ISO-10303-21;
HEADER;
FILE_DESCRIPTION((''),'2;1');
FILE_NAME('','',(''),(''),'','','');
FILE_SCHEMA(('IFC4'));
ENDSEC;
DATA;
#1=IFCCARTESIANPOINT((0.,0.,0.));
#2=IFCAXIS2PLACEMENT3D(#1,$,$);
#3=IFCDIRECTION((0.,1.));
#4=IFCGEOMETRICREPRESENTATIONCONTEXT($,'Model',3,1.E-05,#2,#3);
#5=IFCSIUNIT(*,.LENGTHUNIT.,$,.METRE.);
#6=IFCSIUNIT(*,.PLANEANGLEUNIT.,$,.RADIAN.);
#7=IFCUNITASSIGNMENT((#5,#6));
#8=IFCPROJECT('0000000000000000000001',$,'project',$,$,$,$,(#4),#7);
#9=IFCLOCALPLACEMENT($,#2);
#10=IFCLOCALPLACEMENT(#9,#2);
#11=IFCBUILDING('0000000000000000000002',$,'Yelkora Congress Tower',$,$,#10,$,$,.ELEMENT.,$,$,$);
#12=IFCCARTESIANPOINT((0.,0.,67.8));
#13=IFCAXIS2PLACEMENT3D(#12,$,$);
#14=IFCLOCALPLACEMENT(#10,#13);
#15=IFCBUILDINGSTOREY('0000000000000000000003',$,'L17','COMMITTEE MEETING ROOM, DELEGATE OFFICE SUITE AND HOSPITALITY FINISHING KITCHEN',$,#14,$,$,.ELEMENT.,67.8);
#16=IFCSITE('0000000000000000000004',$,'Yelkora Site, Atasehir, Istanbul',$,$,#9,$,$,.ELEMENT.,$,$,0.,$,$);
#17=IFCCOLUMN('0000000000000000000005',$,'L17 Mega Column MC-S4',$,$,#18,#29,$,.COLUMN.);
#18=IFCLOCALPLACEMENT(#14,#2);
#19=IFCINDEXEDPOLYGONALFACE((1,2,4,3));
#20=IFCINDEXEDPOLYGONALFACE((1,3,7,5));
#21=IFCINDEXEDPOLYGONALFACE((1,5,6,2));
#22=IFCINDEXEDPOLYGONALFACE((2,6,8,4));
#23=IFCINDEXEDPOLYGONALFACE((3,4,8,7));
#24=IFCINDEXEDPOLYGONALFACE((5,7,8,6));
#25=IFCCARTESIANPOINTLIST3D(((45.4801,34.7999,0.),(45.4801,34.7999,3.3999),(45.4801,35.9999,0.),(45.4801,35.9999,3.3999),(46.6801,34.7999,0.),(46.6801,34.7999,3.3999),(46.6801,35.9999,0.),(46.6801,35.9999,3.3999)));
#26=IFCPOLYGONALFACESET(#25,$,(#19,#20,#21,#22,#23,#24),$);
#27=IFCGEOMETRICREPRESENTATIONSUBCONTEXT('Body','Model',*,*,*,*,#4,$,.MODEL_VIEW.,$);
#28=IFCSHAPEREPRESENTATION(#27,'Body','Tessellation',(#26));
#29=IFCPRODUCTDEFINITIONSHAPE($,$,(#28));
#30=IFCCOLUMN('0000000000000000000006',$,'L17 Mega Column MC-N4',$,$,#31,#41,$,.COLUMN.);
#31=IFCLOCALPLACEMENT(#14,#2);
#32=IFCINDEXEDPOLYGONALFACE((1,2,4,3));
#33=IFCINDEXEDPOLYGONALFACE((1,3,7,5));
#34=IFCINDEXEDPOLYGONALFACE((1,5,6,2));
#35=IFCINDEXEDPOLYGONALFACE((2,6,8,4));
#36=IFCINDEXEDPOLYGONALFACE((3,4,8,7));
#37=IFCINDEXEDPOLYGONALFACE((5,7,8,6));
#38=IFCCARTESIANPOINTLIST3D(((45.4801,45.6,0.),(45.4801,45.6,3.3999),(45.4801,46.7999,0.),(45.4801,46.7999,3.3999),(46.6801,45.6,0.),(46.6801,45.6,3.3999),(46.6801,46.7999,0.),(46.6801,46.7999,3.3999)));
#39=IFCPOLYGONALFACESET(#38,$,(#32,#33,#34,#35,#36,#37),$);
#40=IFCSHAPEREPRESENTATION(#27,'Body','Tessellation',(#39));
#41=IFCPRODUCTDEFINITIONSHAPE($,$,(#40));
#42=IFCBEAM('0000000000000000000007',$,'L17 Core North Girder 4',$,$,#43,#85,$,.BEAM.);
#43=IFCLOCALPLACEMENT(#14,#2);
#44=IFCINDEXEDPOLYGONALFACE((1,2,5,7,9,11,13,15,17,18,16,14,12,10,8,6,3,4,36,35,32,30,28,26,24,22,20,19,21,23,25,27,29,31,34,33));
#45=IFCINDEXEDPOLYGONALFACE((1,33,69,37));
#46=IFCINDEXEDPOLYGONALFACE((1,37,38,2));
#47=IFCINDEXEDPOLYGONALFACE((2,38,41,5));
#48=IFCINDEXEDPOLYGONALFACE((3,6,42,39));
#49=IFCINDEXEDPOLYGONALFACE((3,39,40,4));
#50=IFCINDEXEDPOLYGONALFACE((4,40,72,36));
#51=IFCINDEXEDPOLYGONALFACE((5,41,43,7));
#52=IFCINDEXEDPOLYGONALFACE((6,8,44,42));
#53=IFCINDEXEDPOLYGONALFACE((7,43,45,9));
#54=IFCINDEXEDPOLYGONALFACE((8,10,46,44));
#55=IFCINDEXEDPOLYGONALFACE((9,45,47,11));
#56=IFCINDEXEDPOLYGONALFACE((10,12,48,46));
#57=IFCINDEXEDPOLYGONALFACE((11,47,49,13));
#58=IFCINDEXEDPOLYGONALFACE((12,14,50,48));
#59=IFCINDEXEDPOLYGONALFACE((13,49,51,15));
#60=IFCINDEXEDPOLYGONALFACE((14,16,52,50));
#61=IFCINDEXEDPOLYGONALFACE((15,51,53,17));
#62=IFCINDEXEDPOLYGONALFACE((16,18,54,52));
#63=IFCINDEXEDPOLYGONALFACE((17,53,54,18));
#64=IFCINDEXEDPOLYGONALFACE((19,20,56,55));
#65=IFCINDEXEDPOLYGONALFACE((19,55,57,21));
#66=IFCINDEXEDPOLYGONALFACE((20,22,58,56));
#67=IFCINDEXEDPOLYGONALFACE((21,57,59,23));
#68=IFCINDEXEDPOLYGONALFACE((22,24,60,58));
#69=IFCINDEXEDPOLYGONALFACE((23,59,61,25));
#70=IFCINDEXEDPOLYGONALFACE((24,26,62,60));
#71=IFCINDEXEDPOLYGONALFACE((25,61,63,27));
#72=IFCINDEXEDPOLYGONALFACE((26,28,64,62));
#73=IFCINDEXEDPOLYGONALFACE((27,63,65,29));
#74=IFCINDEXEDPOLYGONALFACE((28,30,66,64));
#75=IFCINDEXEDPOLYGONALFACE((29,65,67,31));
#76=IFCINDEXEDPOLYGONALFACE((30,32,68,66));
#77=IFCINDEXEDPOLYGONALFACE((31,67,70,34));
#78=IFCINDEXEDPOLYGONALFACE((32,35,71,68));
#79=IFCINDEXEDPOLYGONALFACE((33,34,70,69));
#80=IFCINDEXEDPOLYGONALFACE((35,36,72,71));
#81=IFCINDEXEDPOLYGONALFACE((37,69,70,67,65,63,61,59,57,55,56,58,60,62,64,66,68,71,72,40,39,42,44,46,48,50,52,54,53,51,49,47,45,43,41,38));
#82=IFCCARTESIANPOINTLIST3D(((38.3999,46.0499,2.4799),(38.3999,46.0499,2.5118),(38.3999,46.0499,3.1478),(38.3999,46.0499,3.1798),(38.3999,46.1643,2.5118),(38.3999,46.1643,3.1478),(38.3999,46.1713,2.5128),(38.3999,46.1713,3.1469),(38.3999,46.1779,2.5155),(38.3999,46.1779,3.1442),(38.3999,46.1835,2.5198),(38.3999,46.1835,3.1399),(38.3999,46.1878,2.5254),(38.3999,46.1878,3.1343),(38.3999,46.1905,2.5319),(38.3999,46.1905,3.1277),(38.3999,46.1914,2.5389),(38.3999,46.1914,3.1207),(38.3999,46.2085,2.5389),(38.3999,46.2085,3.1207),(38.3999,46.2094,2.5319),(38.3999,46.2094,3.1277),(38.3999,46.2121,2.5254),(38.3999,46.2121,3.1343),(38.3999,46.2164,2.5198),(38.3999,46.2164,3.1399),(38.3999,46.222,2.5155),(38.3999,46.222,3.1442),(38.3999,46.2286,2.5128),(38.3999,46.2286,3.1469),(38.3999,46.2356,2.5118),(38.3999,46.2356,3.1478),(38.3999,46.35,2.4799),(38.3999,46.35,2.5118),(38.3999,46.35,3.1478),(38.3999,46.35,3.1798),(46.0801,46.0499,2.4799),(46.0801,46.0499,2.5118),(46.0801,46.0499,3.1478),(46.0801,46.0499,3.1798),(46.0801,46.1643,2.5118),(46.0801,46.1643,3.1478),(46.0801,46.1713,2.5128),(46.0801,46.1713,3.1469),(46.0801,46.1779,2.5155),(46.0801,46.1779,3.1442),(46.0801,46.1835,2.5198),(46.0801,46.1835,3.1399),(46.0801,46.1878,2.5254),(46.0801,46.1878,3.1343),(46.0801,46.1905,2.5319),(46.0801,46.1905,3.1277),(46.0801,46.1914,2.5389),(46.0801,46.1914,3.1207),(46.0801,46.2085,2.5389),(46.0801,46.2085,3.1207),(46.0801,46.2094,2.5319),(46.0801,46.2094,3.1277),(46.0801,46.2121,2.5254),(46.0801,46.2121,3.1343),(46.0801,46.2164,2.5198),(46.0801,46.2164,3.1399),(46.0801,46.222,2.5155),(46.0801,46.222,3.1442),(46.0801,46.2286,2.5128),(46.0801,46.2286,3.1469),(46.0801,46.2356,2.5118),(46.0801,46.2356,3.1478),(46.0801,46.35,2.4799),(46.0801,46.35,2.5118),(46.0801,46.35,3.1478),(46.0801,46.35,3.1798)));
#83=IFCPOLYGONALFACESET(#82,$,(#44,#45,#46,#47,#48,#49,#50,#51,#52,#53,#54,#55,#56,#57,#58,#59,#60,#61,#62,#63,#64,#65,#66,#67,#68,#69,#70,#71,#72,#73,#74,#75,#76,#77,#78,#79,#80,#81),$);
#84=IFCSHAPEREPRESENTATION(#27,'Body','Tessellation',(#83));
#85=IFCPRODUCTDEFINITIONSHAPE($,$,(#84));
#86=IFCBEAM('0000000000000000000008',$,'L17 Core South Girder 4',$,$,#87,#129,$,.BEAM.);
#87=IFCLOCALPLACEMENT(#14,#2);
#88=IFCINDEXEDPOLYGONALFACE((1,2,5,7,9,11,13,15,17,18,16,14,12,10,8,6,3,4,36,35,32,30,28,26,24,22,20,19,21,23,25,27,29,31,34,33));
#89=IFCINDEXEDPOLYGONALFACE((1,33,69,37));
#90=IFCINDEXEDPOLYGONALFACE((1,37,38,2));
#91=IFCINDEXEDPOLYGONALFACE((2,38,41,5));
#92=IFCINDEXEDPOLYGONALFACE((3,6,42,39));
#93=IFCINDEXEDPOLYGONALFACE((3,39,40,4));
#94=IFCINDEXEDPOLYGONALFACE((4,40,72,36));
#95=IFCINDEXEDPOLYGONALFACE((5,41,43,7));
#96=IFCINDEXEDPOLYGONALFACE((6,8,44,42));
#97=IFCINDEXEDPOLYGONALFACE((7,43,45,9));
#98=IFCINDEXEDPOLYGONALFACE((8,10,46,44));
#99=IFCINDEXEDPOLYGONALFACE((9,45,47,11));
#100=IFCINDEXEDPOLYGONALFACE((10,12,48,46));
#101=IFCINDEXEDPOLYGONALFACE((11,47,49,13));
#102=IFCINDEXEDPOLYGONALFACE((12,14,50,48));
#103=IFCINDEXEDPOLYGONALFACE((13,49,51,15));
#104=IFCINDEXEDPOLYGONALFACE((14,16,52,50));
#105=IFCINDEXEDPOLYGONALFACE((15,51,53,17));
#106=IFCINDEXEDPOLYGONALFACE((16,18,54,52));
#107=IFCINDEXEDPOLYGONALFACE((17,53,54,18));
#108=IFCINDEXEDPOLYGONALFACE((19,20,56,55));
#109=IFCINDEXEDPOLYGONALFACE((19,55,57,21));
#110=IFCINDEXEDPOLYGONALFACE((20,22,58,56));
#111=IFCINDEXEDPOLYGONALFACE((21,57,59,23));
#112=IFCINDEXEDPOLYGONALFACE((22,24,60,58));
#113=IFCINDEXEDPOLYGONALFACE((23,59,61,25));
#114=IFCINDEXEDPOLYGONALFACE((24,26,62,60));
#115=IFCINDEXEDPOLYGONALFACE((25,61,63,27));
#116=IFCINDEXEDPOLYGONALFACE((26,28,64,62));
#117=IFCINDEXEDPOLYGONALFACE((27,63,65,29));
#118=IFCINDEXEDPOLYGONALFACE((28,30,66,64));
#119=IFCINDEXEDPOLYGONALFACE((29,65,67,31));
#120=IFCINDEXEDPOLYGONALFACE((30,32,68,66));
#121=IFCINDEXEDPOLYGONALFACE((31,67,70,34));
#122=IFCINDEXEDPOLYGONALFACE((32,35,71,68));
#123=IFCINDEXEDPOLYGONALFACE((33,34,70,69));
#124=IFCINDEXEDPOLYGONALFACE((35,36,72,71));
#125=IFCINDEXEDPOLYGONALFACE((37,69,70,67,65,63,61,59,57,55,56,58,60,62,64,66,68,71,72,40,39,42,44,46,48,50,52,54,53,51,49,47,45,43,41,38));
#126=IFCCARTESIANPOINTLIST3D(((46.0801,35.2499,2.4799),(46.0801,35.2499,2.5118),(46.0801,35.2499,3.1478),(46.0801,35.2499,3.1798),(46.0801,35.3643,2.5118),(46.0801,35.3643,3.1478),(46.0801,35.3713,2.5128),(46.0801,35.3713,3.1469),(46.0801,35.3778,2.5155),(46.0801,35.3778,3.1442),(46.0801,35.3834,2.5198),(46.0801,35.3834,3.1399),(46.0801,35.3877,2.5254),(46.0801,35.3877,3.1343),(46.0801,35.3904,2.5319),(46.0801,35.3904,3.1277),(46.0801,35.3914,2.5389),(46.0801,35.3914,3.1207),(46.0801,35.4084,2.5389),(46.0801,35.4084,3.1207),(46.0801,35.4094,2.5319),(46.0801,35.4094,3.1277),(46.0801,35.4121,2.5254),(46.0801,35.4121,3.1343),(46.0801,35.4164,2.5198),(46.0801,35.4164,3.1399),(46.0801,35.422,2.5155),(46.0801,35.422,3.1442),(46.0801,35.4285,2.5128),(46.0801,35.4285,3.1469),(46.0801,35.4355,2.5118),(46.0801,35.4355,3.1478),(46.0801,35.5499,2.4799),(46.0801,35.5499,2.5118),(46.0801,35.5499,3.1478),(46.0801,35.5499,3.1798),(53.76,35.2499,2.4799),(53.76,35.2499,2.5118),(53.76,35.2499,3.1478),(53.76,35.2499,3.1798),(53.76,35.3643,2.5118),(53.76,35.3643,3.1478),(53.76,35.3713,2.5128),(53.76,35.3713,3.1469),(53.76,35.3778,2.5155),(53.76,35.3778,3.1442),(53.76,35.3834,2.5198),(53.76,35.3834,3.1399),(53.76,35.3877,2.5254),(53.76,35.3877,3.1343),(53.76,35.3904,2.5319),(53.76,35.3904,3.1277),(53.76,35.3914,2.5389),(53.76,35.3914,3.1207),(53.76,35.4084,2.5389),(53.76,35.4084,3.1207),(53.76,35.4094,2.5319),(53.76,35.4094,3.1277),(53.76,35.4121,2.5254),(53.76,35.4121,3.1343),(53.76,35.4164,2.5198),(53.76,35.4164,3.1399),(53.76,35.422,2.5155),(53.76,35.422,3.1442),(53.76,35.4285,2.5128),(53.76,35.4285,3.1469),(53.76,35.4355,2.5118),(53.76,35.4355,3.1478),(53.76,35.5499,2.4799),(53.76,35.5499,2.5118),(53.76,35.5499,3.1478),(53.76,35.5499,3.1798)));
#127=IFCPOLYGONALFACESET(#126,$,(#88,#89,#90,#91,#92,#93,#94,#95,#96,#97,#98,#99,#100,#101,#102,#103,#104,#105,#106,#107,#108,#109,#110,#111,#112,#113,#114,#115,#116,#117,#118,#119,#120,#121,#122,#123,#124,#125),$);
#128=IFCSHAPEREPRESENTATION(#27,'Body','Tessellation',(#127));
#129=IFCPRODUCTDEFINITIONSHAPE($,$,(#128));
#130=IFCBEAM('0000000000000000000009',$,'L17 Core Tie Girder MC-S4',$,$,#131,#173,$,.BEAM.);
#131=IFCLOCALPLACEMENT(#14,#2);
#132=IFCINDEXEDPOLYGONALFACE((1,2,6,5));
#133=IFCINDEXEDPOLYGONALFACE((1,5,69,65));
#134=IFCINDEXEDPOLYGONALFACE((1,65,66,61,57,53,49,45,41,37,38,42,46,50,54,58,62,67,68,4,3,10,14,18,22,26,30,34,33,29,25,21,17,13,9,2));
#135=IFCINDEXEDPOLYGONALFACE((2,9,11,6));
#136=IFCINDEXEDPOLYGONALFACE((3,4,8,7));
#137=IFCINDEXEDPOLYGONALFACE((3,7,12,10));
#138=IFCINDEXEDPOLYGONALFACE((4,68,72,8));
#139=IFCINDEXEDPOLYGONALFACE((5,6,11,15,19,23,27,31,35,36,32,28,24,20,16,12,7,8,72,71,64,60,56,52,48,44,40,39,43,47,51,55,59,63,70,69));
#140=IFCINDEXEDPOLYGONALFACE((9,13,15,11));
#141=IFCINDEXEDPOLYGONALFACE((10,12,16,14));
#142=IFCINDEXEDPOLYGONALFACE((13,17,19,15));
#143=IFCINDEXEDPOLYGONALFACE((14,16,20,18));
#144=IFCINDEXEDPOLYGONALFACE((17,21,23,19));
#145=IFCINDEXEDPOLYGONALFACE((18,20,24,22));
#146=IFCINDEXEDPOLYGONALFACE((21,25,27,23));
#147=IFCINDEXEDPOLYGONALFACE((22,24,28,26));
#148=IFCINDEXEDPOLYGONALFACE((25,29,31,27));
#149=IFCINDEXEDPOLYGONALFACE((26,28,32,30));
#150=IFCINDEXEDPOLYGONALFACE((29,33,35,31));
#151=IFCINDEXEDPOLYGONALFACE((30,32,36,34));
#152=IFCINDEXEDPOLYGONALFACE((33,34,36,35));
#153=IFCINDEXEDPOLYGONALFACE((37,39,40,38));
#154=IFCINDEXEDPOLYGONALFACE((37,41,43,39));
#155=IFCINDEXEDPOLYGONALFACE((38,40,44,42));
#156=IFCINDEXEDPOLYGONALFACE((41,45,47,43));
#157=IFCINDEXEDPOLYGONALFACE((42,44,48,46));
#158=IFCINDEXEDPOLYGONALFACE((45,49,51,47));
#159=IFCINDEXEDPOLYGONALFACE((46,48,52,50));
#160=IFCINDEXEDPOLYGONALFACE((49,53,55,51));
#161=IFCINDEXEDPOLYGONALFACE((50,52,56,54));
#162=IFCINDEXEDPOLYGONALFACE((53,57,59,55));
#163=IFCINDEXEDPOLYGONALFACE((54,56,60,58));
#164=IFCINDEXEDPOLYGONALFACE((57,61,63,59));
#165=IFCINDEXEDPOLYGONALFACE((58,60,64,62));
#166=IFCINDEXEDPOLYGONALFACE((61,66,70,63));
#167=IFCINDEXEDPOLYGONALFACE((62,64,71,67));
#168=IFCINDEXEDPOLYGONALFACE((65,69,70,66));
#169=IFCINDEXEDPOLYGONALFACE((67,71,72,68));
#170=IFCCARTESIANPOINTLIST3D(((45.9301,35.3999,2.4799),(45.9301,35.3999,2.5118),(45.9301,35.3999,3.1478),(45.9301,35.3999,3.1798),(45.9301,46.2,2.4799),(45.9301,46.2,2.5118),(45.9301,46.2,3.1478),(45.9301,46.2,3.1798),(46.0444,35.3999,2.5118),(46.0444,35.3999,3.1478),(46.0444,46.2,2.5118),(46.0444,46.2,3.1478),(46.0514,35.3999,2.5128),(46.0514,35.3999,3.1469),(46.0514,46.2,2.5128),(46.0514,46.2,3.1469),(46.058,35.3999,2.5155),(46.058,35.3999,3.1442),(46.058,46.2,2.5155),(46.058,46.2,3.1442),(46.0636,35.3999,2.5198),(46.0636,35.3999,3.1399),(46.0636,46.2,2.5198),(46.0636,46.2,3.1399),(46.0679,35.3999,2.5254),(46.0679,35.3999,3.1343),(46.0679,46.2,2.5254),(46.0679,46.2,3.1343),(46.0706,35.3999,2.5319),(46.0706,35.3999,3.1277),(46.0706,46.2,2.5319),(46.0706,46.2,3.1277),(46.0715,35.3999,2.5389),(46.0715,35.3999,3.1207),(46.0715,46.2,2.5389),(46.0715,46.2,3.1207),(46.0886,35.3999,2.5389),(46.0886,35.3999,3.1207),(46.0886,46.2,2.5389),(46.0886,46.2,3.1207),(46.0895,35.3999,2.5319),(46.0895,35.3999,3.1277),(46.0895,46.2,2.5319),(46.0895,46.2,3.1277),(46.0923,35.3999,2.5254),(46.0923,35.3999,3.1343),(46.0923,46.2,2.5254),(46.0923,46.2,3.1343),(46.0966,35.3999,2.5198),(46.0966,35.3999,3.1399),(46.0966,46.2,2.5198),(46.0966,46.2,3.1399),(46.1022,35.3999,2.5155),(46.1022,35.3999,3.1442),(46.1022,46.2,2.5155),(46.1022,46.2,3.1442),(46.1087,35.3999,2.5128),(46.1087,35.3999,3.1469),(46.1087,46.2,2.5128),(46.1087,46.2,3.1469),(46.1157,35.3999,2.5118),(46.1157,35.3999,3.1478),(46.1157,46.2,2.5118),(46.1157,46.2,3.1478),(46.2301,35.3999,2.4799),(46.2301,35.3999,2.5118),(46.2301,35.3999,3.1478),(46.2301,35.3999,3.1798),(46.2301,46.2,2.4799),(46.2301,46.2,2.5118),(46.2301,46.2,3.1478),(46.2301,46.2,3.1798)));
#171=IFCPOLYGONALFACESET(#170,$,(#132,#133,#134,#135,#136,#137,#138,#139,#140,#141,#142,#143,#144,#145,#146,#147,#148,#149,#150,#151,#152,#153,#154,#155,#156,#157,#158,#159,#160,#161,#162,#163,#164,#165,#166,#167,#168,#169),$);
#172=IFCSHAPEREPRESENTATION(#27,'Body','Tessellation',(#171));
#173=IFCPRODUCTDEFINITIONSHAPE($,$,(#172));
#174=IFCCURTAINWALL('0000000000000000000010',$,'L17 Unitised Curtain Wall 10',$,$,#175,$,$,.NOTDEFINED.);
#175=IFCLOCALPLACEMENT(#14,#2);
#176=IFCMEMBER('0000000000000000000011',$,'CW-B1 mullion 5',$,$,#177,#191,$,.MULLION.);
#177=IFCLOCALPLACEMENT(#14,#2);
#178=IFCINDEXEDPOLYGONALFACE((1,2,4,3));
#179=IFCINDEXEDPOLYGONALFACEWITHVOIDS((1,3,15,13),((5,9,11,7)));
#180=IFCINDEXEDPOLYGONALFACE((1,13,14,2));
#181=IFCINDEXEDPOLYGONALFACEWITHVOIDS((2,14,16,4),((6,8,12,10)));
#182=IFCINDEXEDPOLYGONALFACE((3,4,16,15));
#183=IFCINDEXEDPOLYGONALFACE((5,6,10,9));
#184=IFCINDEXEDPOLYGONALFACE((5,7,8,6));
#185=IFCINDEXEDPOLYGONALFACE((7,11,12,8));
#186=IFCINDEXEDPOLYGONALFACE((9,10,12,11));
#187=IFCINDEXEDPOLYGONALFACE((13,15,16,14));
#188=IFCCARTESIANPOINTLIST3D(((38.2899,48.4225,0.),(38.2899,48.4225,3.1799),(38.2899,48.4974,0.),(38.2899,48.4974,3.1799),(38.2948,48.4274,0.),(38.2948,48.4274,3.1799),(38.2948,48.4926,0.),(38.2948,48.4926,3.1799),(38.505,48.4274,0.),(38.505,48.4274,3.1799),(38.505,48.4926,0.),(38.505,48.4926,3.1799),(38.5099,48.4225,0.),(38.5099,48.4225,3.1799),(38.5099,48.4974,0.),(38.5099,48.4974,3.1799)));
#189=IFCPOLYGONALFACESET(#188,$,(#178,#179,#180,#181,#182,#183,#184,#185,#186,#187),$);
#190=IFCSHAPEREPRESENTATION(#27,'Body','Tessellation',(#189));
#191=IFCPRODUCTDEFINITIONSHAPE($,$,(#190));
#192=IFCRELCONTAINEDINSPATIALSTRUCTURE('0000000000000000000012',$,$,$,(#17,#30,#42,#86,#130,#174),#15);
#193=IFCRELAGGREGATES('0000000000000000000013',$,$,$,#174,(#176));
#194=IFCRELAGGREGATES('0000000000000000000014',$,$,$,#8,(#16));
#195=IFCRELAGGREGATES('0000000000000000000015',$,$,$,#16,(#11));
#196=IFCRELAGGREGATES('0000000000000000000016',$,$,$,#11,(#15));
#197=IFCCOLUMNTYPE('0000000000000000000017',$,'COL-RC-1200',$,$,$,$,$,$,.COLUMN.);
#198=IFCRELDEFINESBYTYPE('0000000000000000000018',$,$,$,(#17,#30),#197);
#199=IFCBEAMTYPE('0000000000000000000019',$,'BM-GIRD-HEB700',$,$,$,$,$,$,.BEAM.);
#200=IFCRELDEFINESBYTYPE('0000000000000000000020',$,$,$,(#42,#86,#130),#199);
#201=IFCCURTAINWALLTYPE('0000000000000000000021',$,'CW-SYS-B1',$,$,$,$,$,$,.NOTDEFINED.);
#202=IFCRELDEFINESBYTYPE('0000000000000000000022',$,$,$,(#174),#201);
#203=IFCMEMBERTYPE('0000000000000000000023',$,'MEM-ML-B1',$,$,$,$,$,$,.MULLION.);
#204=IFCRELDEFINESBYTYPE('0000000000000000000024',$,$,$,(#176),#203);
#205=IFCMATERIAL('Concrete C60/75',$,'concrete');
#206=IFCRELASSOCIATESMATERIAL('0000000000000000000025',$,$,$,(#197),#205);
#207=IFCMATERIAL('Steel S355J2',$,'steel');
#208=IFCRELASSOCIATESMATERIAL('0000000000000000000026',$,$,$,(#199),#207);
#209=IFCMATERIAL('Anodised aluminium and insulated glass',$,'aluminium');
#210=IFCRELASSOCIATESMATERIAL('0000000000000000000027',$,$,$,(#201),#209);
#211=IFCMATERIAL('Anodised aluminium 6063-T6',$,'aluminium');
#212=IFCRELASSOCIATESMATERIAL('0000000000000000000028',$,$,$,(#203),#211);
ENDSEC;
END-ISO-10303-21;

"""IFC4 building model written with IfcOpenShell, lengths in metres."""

from ifc_helpers import new_model, si_unit, direction, frame, origin, origin_2d, place, context, subcontext, project, spatial, rectangle, hollow_rectangle, i_section, extrude, material, material_profile, profile_set, type_object, element, aggregate, save


model = new_model("IFC4")

# Units and contexts
model_context = context("Model", 3, precision=1e-05, world=origin(), true_north=direction((0.0, 1.0)))
body_context = subcontext(model_context, "Body", "Model", "MODEL_VIEW")
ifc_project = project(units=[si_unit("LENGTHUNIT", "METRE"), si_unit("PLANEANGLEUNIT", "RADIAN")], contexts=[model_context])

# Site, building, storey
site_placement = place(None, origin())
site = spatial("IfcSite", under=ifc_project, at=site_placement, Name="Yelkora Site, Atasehir, Istanbul", CompositionType="ELEMENT", RefElevation=0.0)
building_placement = place(site_placement, origin())
building = spatial("IfcBuilding", under=site, at=building_placement, Name="Yelkora Congress Tower", CompositionType="ELEMENT")
storey_placement = place(building_placement, frame((0.0, 0.0, 67.8)))
storey = spatial("IfcBuildingStorey", under=building, at=storey_placement, Name="L17", Description="COMMITTEE MEETING ROOM, DELEGATE OFFICE SUITE AND HOSPITALITY FINISHING KITCHEN", CompositionType="ELEMENT", Elevation=67.8)

# Columns
ifc_material_1 = material(Name="Concrete C60/75", Category="concrete")
ifc_material_profile_1 = material_profile(ifc_material_1, rectangle(XDim=1.2, YDim=1.2, at=origin_2d()), Name="RC 1200x1200")
ifc_profile_set_1 = profile_set([ifc_material_profile_1], Name="Concrete C60/75")
column_type = type_object("IfcColumnType", Name="COL-RC-1200", PredefinedType="COLUMN", material=ifc_profile_set_1)
for number, where, z_axis, x_axis, name in (
    (1, (46.0801, 35.3999, 0.0), (0.0, 0.0, 1.0), (1.0, 0.0, 0.0), "L17 Mega Column MC-S4"),
    (2, (46.0801, 46.2, 0.0), (0.0, 0.0, 1.0), (1.0, 0.0, 0.0), "L17 Mega Column MC-N4"),
):
    element("IfcColumn", number, at=place(storey_placement, frame(where, z_axis=z_axis, x_axis=x_axis)), inside=storey, type_object=column_type, Name=name, PredefinedType="COLUMN", context=body_context, shape_type="SweptSolid", body=[
        extrude(rectangle(XDim=1.2, YDim=1.2, at=origin_2d()), origin(), (0.0, 0.0, 1.0), 3.3999),
    ])

# Beams
ifc_material_2 = material(Name="Steel S355J2", Category="steel")
ifc_material_profile_2 = material_profile(ifc_material_2, i_section(OverallWidth=0.3, OverallDepth=0.7, WebThickness=0.0171, FlangeThickness=0.032, FilletRadius=0.0271, at=origin_2d()), Name="HEB 700")
ifc_profile_set_2 = profile_set([ifc_material_profile_2], Name="Steel S355J2")
beam_type = type_object("IfcBeamType", Name="BM-GIRD-HEB700", PredefinedType="BEAM", material=ifc_profile_set_2)
beam_1_placement = place(storey_placement, frame((38.3999, 46.2, 2.8298), z_axis=(1.0, 0.0, 0.0), x_axis=(0.0, 1.0, 0.0)))
element("IfcBeam", 3, at=beam_1_placement, inside=storey, type_object=beam_type, Name="L17 Core North Girder 4", PredefinedType="BEAM", context=body_context, shape_type="SweptSolid", body=[
    extrude(i_section(OverallWidth=0.3, OverallDepth=0.7, WebThickness=0.0171, FlangeThickness=0.032, FilletRadius=0.0271, at=origin_2d()), origin(), (0.0, 0.0, 1.0), 7.6802),
])
beam_2_placement = place(storey_placement, frame((46.0801, 35.3999, 2.8298), z_axis=(1.0, 0.0, 0.0), x_axis=(0.0, 1.0, 0.0)))
element("IfcBeam", 4, at=beam_2_placement, inside=storey, type_object=beam_type, Name="L17 Core South Girder 4", PredefinedType="BEAM", context=body_context, shape_type="SweptSolid", body=[
    extrude(i_section(OverallWidth=0.3, OverallDepth=0.7, WebThickness=0.0171, FlangeThickness=0.032, FilletRadius=0.0271, at=origin_2d()), origin(), (0.0, 0.0, 1.0), 7.6799),
])
beam_3_placement = place(storey_placement, frame((46.0801, 35.3999, 2.8298), z_axis=(0.0, 1.0, 0.0), x_axis=(-1.0, 0.0, 0.0)))
element("IfcBeam", 5, at=beam_3_placement, inside=storey, type_object=beam_type, Name="L17 Core Tie Girder MC-S4", PredefinedType="BEAM", context=body_context, shape_type="SweptSolid", body=[
    extrude(i_section(OverallWidth=0.3, OverallDepth=0.7, WebThickness=0.0171, FlangeThickness=0.032, FilletRadius=0.0271, at=origin_2d()), origin(), (0.0, 0.0, 1.0), 10.8),
])

# Curtain wall, member
ifc_material_3 = material(Name="Anodised aluminium and insulated glass", Category="aluminium")
curtain_wall_type = type_object("IfcCurtainWallType", Name="CW-SYS-B1", PredefinedType="NOTDEFINED", material=ifc_material_3)
curtain_wall_placement = place(storey_placement, origin())
curtain_wall = element("IfcCurtainWall", 6, at=curtain_wall_placement, inside=storey, type_object=curtain_wall_type, Name="L17 Unitised Curtain Wall 10", PredefinedType="NOTDEFINED")
ifc_material_4 = material(Name="Anodised aluminium 6063-T6", Category="aluminium")
ifc_material_profile_3 = material_profile(ifc_material_4, hollow_rectangle(XDim=0.075, YDim=0.22, WallThickness=0.0049, at=origin_2d()), Name="ALU 75x220x5")
ifc_profile_set_3 = profile_set([ifc_material_profile_3], Name="Anodised aluminium 6063-T6")
member_type_1 = type_object("IfcMemberType", Name="MEM-ML-B1", PredefinedType="MULLION", material=ifc_profile_set_3)
member_1_placement = place(storey_placement, frame((38.3999, 48.46, 0.0), z_axis=(0.0, 0.0, 1.0), x_axis=(0.0, 1.0, 0.0)))
member_1 = element("IfcMember", 7, at=member_1_placement, type_object=member_type_1, Name="CW-B1 mullion 5", PredefinedType="MULLION", context=body_context, shape_type="SweptSolid", body=[
    extrude(hollow_rectangle(XDim=0.075, YDim=0.22, WallThickness=0.0049, at=origin_2d()), origin(), (0.0, 0.0, 1.0), 3.1799),
])
aggregate(curtain_wall, [member_1])

save(model, "model.ifc")
